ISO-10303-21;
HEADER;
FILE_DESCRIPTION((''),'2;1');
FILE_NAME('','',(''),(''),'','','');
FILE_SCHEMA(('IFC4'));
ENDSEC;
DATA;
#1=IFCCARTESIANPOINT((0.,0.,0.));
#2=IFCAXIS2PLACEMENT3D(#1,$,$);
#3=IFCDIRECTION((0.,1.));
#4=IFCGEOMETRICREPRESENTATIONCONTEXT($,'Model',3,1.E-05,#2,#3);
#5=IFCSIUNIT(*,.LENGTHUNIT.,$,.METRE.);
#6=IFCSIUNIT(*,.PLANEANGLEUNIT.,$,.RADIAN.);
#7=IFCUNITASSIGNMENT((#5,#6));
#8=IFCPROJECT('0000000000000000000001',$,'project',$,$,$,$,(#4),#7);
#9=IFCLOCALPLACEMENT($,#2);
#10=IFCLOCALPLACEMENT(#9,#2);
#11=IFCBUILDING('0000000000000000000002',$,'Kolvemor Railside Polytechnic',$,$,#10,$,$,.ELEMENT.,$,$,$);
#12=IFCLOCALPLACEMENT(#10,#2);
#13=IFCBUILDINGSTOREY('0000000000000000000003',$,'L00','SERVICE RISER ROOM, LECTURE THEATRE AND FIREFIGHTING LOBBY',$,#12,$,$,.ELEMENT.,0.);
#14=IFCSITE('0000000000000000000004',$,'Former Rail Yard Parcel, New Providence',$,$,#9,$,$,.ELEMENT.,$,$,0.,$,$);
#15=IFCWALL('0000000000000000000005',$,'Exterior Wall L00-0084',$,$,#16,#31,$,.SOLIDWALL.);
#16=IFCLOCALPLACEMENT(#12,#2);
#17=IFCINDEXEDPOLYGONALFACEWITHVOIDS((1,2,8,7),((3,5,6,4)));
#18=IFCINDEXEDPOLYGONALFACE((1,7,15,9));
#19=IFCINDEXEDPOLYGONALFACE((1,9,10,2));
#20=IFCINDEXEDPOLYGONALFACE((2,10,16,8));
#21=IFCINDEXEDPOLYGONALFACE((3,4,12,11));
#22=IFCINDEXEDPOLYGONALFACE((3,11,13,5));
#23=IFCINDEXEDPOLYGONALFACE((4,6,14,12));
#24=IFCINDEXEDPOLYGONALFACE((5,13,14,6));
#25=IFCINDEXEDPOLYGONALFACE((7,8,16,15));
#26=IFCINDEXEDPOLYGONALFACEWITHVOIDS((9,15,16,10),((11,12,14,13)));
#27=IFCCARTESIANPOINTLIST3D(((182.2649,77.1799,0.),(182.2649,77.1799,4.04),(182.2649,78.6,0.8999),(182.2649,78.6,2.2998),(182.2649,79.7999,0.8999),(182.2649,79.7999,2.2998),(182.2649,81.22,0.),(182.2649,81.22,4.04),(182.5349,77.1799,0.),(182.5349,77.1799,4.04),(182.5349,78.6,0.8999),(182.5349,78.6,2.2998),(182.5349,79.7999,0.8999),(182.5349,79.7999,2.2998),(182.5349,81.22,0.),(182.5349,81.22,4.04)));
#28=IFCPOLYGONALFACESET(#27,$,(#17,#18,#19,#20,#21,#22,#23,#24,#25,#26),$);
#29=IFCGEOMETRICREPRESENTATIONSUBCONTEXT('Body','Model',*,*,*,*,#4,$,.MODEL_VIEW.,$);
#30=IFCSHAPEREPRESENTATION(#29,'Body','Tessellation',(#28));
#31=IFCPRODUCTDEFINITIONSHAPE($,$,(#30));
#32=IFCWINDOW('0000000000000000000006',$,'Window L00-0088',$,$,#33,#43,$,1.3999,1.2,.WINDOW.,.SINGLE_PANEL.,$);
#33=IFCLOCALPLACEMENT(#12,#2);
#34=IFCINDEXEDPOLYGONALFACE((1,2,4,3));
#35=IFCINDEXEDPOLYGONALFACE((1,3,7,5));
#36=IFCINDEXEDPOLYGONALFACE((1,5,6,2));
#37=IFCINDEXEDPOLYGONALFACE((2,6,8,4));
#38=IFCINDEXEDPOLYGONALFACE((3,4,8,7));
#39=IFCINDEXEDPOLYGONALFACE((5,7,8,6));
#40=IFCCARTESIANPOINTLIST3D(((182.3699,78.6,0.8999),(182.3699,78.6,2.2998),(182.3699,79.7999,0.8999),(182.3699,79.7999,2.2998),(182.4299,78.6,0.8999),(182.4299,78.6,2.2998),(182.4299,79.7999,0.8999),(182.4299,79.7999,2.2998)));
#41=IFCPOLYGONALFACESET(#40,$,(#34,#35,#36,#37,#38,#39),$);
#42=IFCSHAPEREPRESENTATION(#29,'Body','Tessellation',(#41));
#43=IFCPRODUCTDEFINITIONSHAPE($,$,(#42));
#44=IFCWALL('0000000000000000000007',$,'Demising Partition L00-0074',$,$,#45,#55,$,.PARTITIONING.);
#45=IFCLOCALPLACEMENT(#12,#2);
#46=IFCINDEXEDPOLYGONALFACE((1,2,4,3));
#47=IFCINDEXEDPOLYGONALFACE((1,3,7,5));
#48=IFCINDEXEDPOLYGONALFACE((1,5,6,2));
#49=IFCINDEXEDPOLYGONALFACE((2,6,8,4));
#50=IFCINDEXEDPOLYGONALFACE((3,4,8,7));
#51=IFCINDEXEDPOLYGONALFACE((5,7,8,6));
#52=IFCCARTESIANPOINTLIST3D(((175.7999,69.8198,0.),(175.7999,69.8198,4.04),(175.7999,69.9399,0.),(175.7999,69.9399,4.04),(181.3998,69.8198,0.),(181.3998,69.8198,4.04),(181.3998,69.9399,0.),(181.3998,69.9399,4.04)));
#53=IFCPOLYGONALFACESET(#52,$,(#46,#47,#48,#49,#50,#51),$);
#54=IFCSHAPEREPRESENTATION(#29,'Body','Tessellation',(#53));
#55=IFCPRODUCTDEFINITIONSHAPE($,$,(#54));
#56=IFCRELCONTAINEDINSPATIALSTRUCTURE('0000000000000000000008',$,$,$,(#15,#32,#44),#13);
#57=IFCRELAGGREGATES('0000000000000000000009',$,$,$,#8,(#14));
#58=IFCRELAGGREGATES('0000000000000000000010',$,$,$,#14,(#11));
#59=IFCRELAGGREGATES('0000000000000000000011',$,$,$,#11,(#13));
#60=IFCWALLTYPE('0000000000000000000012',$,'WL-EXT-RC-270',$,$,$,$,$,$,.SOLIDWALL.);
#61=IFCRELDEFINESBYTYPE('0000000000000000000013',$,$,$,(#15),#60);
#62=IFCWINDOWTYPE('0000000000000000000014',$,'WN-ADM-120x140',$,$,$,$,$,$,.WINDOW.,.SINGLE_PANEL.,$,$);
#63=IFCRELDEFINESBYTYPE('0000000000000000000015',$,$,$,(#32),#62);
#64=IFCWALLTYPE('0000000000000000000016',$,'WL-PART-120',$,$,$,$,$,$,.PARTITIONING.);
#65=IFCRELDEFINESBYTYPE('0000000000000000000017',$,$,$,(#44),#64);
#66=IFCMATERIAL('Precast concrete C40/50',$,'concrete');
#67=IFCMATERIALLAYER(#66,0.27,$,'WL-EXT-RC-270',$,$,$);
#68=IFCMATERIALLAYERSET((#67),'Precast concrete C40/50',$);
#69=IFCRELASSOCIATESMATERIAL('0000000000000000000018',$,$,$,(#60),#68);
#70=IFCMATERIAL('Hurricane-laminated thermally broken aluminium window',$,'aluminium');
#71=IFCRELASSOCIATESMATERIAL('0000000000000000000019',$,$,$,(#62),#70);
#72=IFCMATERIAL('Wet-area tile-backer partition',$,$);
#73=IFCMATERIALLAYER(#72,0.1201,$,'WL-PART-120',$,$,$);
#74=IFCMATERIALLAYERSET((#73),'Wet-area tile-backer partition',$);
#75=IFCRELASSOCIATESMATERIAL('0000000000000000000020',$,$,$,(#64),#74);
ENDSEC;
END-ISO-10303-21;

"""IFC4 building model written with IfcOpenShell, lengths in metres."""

from ifc_helpers import new_model, si_unit, direction, frame, frame_2d, origin, place, context, subcontext, project, spatial, rectangle, extrude, material, layer, layer_set, type_object, element, fill, save


model = new_model("IFC4")

# Units and contexts
model_context = context("Model", 3, precision=1e-05, world=origin(), true_north=direction((0.0, 1.0)))
body_context = subcontext(model_context, "Body", "Model", "MODEL_VIEW")
ifc_project = project(units=[si_unit("LENGTHUNIT", "METRE"), si_unit("PLANEANGLEUNIT", "RADIAN")], contexts=[model_context])

# Site, building, storey
site_placement = place(None, origin())
site = spatial("IfcSite", under=ifc_project, at=site_placement, Name="Former Rail Yard Parcel, New Providence", CompositionType="ELEMENT", RefElevation=0.0)
building_placement = place(site_placement, origin())
building = spatial("IfcBuilding", under=site, at=building_placement, Name="Kolvemor Railside Polytechnic", CompositionType="ELEMENT")
storey_placement = place(building_placement, origin())
storey = spatial("IfcBuildingStorey", under=building, at=storey_placement, Name="L00", Description="SERVICE RISER ROOM, LECTURE THEATRE AND FIREFIGHTING LOBBY", CompositionType="ELEMENT", Elevation=0.0)

# Wall, opening, window
ifc_material_1 = material(Name="Precast concrete C40/50", Category="concrete")
ifc_layer_1 = layer(ifc_material_1, 0.27, Name="WL-EXT-RC-270")
ifc_layer_set_1 = layer_set([ifc_layer_1], Name="Precast concrete C40/50")
wall_type_1 = type_object("IfcWallType", Name="WL-EXT-RC-270", PredefinedType="SOLIDWALL", material=ifc_layer_set_1)
wall_1_placement = place(storey_placement, frame((182.3999, 77.1799, 0.0), z_axis=(0.0, 0.0, 1.0), x_axis=(0.0, 1.0, 0.0)))
wall_1 = element("IfcWall", 1, at=wall_1_placement, inside=storey, type_object=wall_type_1, Name="Exterior Wall L00-0084", PredefinedType="SOLIDWALL", context=body_context, shape_type="SweptSolid", body=[
    extrude(rectangle(XDim=4.04, YDim=0.27, at=frame_2d((2.02, 0.0))), origin(), (0.0, 0.0, 1.0), 4.04),
])
opening_placement = place(wall_1_placement, frame((1.4199, 0.0, 0.8999)))
opening = element("IfcOpeningElement", 2, at=opening_placement, cuts=wall_1, PredefinedType="OPENING", context=body_context, shape_type="SweptSolid", body=[
    extrude(rectangle(XDim=1.2, YDim=1.3999, at=frame_2d((0.6001, 0.7))), frame((0.0, 0.145, 0.0), z_axis=(0.0, -1.0, 0.0), x_axis=(1.0, 0.0, 0.0)), (0.0, 0.0, 1.0), 0.29),
])
ifc_material_2 = material(Name="Hurricane-laminated thermally broken aluminium window", Category="aluminium")
window_type = type_object("IfcWindowType", Name="WN-ADM-120x140", PartitioningType="SINGLE_PANEL", PredefinedType="WINDOW", material=ifc_material_2)
window_placement = place(opening_placement, origin())
window = element("IfcWindow", 3, at=window_placement, inside=storey, type_object=window_type, Name="Window L00-0088", OverallHeight=1.3999, OverallWidth=1.2, PartitioningType="SINGLE_PANEL", PredefinedType="WINDOW", context=body_context, shape_type="SweptSolid", body=[
    extrude(rectangle(XDim=1.2, YDim=1.3999, at=frame_2d((0.6001, 0.7))), frame((0.0, 0.03, 0.0), z_axis=(0.0, -1.0, 0.0), x_axis=(1.0, 0.0, 0.0)), (0.0, 0.0, 1.0), 0.0601),
])
fill(opening, window)

# Wall
ifc_material_3 = material(Name="Wet-area tile-backer partition")
ifc_layer_2 = layer(ifc_material_3, 0.1201, Name="WL-PART-120")
ifc_layer_set_2 = layer_set([ifc_layer_2], Name="Wet-area tile-backer partition")
wall_type_2 = type_object("IfcWallType", Name="WL-PART-120", PredefinedType="PARTITIONING", material=ifc_layer_set_2)
wall_2_placement = place(storey_placement, frame((175.8, 69.8799, 0.0), z_axis=(0.0, 0.0, 1.0), x_axis=(1.0, 0.0, 0.0)))
element("IfcWall", 4, at=wall_2_placement, inside=storey, type_object=wall_type_2, Name="Demising Partition L00-0074", PredefinedType="PARTITIONING", context=body_context, shape_type="SweptSolid", body=[
    extrude(rectangle(XDim=5.5999, YDim=0.1201, at=frame_2d((2.7998, 0.0))), origin(), (0.0, 0.0, 1.0), 4.04),
])

save(model, "model.ifc")
